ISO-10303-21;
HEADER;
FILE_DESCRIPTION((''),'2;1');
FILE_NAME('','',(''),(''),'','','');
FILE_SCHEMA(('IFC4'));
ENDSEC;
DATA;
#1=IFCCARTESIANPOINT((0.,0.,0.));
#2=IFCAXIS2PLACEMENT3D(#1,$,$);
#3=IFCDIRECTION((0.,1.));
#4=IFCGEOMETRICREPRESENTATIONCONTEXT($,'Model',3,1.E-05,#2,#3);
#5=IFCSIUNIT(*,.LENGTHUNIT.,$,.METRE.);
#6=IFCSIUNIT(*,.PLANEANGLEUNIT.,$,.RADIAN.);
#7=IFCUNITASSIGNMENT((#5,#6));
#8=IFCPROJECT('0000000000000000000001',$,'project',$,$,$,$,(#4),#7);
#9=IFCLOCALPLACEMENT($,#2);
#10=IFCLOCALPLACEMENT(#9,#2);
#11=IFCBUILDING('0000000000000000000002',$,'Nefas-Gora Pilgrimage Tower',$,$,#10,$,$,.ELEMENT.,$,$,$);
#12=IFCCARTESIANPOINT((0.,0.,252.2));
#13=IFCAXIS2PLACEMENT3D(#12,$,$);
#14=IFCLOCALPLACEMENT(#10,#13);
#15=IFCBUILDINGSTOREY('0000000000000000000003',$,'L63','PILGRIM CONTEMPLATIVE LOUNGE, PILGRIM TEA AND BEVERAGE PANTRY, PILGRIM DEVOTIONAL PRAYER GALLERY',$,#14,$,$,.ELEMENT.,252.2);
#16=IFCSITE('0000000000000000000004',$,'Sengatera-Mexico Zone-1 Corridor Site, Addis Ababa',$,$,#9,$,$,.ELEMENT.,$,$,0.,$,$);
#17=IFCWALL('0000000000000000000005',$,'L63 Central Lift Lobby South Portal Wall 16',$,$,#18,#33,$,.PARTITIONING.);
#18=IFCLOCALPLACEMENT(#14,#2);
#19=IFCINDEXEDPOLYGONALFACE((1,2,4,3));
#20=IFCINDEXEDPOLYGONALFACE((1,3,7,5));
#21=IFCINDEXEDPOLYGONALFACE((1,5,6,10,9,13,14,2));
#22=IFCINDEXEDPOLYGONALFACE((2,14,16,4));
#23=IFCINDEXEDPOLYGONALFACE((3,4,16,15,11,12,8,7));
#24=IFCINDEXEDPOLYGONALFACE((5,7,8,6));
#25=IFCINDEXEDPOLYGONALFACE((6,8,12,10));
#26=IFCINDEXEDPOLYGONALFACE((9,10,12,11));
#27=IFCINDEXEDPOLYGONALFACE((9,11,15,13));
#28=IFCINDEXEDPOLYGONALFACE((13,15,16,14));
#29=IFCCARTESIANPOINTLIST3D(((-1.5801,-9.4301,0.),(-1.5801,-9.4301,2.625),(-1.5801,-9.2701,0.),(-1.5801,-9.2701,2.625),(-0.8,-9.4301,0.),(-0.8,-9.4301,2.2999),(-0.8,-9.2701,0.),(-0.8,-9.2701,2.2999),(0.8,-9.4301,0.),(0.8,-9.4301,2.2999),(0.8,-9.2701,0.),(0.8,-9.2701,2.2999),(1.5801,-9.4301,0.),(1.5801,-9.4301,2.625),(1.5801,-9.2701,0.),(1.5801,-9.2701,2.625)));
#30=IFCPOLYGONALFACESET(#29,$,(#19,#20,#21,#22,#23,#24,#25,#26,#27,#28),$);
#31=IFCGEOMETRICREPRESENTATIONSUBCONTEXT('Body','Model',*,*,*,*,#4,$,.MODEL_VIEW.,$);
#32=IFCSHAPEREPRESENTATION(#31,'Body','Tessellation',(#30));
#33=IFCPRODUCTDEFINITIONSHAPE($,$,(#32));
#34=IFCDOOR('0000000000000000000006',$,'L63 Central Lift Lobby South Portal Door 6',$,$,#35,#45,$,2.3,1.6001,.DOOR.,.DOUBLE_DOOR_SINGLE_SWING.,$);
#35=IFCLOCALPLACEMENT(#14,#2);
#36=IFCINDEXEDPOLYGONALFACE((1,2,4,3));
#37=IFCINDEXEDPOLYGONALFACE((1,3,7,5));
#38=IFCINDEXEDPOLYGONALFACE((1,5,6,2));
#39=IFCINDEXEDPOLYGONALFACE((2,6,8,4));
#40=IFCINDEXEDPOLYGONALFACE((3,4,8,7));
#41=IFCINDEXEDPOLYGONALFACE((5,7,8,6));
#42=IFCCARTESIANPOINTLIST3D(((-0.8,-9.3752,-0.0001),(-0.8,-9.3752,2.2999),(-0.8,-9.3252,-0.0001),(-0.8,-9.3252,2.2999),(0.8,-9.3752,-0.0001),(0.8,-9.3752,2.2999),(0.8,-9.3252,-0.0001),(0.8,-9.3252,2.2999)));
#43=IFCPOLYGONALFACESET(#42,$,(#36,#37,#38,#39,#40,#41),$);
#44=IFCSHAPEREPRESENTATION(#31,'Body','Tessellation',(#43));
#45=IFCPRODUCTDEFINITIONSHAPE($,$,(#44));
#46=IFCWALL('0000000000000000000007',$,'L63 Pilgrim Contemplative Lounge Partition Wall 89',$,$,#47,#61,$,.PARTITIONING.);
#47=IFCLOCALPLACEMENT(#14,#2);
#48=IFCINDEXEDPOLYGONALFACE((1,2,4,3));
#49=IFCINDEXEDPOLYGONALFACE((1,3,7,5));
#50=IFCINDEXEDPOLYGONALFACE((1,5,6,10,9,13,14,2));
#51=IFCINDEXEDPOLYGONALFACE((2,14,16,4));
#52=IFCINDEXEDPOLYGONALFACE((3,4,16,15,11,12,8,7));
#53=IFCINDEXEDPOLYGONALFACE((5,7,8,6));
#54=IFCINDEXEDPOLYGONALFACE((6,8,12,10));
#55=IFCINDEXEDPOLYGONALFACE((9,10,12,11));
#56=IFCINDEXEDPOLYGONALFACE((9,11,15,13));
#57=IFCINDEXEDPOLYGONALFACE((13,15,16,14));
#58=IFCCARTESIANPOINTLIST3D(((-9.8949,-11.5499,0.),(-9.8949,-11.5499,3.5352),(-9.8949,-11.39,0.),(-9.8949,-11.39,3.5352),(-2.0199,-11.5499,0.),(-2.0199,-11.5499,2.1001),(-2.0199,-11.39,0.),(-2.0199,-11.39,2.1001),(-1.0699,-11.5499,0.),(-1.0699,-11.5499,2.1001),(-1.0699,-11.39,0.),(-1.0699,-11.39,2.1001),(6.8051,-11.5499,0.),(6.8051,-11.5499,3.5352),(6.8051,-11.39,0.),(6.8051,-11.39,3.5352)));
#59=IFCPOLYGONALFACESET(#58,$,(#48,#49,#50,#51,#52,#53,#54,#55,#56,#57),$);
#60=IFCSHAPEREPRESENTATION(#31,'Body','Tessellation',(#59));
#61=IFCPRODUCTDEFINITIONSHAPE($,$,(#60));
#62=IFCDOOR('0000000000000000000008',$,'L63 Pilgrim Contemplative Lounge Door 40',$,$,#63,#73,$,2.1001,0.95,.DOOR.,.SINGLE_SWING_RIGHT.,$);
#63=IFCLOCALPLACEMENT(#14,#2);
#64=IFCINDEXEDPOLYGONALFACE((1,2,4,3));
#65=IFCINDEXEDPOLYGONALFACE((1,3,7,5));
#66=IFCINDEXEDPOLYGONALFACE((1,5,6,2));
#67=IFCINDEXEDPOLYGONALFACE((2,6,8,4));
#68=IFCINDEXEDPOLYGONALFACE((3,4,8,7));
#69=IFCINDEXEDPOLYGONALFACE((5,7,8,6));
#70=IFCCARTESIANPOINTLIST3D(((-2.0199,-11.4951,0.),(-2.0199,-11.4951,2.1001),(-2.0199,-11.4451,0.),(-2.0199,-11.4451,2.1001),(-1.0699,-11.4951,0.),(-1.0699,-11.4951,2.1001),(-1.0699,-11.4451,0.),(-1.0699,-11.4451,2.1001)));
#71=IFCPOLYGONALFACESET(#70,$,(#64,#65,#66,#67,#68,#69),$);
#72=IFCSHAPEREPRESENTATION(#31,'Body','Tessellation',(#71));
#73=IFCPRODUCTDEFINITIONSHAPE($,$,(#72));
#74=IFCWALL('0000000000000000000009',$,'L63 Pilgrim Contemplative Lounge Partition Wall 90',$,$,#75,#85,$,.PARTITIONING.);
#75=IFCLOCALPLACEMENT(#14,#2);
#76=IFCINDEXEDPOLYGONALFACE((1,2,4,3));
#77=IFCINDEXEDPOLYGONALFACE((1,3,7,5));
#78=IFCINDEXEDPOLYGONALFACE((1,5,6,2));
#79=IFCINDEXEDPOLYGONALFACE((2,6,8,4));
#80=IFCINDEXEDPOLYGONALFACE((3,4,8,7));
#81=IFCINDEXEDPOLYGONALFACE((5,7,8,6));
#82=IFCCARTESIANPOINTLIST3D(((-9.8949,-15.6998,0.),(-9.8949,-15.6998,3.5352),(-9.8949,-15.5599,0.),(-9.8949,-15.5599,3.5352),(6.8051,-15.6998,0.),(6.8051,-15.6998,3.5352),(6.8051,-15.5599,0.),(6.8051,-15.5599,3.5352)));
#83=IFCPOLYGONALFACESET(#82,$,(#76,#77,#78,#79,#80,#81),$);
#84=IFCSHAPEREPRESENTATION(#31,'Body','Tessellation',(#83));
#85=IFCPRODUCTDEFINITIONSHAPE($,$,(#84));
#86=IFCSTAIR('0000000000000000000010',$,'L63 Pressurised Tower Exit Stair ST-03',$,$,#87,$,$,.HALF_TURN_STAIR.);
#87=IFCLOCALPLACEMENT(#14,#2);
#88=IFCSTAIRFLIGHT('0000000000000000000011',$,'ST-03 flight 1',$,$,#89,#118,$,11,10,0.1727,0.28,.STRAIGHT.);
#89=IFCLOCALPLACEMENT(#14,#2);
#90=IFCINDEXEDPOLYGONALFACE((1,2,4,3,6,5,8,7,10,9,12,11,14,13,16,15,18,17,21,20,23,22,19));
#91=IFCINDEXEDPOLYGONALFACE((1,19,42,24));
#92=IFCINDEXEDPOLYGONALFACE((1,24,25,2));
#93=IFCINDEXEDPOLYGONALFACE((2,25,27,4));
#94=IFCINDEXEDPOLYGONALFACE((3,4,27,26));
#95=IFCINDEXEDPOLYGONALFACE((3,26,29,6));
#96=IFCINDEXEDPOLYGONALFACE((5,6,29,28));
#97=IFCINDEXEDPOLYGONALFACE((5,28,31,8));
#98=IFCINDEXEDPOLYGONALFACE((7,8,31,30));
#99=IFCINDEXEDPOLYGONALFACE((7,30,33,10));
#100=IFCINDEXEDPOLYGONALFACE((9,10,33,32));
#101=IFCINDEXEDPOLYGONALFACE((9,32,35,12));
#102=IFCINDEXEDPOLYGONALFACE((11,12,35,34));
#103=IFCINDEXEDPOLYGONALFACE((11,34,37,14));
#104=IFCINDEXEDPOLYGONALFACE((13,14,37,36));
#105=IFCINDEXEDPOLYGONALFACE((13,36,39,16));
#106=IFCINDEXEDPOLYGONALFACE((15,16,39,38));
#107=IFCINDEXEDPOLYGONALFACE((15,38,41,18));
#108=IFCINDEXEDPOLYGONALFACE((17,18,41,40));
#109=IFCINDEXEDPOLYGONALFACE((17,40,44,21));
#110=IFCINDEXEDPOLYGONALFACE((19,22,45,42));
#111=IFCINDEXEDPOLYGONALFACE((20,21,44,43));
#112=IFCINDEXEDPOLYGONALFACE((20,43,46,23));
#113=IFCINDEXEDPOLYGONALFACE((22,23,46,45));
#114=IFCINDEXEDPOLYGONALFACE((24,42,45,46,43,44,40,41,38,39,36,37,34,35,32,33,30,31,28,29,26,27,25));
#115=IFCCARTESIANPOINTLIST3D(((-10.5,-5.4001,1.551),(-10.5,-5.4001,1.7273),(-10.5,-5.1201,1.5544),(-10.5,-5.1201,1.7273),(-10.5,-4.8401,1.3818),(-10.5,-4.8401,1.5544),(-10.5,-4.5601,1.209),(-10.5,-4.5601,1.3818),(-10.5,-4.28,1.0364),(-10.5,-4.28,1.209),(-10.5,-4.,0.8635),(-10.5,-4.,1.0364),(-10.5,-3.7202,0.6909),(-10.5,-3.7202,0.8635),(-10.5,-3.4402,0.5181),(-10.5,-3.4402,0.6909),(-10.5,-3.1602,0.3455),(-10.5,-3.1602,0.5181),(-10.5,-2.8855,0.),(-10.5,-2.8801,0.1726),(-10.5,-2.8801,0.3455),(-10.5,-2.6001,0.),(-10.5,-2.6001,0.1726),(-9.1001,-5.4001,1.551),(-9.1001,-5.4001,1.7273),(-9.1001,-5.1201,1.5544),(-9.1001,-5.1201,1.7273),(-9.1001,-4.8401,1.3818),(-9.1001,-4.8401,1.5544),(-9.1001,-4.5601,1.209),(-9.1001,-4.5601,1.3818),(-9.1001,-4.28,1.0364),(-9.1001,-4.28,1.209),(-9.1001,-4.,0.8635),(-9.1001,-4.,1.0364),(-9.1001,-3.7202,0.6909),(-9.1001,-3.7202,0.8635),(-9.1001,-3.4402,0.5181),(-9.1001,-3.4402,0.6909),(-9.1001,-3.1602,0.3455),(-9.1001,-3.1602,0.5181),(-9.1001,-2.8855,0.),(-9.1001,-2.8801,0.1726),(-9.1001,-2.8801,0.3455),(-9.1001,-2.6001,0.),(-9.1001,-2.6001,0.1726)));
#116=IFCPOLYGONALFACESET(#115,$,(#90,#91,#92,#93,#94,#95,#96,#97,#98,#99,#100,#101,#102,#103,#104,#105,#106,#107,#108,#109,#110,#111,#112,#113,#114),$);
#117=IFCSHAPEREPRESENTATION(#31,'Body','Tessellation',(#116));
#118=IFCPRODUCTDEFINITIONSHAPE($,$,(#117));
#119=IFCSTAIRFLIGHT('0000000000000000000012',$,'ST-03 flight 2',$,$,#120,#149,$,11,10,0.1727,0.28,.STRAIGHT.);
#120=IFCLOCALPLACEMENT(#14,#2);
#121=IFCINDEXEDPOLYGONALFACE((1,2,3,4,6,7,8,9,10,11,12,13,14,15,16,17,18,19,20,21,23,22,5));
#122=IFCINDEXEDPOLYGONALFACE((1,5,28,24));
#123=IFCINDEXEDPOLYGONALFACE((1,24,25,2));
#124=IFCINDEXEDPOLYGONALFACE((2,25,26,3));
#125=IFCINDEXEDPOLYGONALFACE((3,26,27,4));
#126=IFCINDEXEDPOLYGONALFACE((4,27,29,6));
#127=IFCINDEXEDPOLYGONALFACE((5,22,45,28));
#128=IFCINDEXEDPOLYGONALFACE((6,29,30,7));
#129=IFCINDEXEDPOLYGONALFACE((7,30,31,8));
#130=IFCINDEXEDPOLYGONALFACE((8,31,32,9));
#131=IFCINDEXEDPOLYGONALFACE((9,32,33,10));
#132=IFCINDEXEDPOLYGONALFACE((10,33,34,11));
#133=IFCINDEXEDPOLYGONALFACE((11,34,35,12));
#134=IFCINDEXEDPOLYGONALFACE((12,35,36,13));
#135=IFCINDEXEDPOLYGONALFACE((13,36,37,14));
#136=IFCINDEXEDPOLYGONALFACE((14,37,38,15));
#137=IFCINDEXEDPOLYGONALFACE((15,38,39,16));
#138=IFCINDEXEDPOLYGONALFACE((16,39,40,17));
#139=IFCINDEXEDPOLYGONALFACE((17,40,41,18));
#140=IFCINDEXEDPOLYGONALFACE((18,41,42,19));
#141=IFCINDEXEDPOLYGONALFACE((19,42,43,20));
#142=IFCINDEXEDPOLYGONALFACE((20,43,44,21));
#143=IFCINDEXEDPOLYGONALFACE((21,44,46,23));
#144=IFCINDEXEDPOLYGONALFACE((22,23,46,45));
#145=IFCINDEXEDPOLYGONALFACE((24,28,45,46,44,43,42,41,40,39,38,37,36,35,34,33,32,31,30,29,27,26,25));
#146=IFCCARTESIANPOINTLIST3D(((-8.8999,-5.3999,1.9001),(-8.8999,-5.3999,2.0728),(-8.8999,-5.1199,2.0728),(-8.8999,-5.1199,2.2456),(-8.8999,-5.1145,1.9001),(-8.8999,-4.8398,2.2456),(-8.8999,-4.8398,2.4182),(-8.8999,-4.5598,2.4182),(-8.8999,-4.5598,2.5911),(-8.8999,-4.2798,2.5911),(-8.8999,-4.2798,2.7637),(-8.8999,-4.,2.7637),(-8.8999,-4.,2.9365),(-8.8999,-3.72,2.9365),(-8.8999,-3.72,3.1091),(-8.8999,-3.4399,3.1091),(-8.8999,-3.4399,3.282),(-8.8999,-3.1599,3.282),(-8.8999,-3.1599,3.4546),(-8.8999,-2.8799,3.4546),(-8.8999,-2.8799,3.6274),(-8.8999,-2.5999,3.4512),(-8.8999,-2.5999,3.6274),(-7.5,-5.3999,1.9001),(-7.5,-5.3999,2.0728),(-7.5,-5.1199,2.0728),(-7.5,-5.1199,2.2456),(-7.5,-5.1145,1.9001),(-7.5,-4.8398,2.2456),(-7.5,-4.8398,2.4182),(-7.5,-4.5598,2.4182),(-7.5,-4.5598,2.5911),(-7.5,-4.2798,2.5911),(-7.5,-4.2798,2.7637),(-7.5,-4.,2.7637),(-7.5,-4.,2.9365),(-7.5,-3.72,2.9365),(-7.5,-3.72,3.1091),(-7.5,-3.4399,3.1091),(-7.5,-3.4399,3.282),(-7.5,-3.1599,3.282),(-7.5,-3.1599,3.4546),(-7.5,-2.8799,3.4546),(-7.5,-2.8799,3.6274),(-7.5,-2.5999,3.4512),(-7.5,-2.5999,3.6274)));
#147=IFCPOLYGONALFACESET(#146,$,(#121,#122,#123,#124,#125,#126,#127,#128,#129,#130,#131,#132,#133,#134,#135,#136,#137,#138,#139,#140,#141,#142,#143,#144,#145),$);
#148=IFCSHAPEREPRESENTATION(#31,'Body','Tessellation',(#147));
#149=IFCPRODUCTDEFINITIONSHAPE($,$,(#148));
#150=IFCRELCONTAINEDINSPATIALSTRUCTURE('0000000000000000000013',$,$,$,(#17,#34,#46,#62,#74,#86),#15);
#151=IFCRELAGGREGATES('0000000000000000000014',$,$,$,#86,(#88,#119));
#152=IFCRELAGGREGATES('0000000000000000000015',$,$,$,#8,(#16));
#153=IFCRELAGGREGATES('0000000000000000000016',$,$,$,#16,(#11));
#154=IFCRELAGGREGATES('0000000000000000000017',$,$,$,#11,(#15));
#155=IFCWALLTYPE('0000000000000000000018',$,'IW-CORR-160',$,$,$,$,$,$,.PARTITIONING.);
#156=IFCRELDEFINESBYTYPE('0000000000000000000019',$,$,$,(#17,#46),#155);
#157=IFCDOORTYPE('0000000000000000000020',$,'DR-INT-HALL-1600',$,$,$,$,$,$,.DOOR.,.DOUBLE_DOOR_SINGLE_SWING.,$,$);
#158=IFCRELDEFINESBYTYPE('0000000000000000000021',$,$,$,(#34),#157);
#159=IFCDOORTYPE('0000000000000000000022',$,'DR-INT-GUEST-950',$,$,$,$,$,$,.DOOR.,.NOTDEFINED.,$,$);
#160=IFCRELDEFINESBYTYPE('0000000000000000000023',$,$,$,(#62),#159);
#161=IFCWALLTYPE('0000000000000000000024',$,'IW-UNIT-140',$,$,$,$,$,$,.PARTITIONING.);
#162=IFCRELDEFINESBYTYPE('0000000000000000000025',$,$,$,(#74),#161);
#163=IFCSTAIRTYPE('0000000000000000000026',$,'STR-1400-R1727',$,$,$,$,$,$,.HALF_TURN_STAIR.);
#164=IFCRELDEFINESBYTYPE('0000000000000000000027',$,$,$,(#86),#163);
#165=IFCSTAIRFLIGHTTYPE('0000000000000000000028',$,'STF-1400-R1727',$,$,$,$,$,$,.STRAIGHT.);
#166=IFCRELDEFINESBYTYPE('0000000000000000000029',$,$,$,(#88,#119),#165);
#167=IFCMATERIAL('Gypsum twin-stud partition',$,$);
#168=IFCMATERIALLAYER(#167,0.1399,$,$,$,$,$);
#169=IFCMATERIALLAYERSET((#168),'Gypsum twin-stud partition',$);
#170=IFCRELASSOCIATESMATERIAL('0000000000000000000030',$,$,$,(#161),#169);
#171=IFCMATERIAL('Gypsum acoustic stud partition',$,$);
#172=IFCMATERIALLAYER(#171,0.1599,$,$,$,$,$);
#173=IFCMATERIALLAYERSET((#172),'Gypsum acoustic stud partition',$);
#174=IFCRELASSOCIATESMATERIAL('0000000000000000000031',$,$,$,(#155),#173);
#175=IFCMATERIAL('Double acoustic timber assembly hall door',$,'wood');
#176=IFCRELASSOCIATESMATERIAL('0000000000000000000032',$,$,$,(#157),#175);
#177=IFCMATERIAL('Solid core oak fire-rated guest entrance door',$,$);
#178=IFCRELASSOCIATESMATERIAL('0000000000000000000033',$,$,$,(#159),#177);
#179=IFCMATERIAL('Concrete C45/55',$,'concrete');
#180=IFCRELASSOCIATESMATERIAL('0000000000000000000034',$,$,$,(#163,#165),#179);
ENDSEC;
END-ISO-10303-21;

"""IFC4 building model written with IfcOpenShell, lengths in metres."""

from ifc_helpers import new_model, si_unit, direction, frame, frame_2d, origin, place, context, subcontext, project, spatial, polyline, rectangle, outline, extrude, source, transform, mapped, material, layer, layer_set, type_object, element, fill, aggregate, save


model = new_model("IFC4")

# Units and contexts
model_context = context("Model", 3, precision=1e-05, world=origin(), true_north=direction((0.0, 1.0)))
body_context = subcontext(model_context, "Body", "Model", "MODEL_VIEW")
ifc_project = project(units=[si_unit("LENGTHUNIT", "METRE"), si_unit("PLANEANGLEUNIT", "RADIAN")], contexts=[model_context])

# Site, building, storey
site_placement = place(None, origin())
site = spatial("IfcSite", under=ifc_project, at=site_placement, Name="Sengatera-Mexico Zone-1 Corridor Site, Addis Ababa", CompositionType="ELEMENT", RefElevation=0.0)
building_placement = place(site_placement, origin())
building = spatial("IfcBuilding", under=site, at=building_placement, Name="Nefas-Gora Pilgrimage Tower", CompositionType="ELEMENT")
storey_placement = place(building_placement, frame((0.0, 0.0, 252.2)))
storey = spatial("IfcBuildingStorey", under=building, at=storey_placement, Name="L63", Description="PILGRIM CONTEMPLATIVE LOUNGE, PILGRIM TEA AND BEVERAGE PANTRY, PILGRIM DEVOTIONAL PRAYER GALLERY", CompositionType="ELEMENT", Elevation=252.2)

# Shared definitions
ifc_material_1 = material(Name="Concrete C45/55", Category="concrete")

# Shared definitions
ifc_material_2 = material(Name="Gypsum twin-stud partition")
ifc_layer_1 = layer(ifc_material_2, 0.1399)
ifc_layer_set_1 = layer_set([ifc_layer_1], Name="Gypsum twin-stud partition")
wall_type_1 = type_object("IfcWallType", Name="IW-UNIT-140", PredefinedType="PARTITIONING", material=ifc_layer_set_1)
ifc_material_3 = material(Name="Gypsum acoustic stud partition")
ifc_layer_2 = layer(ifc_material_3, 0.1599)
ifc_layer_set_2 = layer_set([ifc_layer_2], Name="Gypsum acoustic stud partition")
wall_type_2 = type_object("IfcWallType", Name="IW-CORR-160", PredefinedType="PARTITIONING", material=ifc_layer_set_2)

# Walls, openings, doors
shared_shape_1 = source(origin(), body_context, "Body", "SweptSolid", [
    extrude(rectangle(XDim=3.1602, YDim=0.1599, at=frame_2d((1.5801, 0.0))), origin(), (0.0, 0.0, 1.0), 2.625),
])
wall_1_placement = place(storey_placement, frame((-1.5801, -9.3501, 0.0), z_axis=(0.0, 0.0, 1.0), x_axis=(1.0, 0.0, 0.0)))
wall_1 = element("IfcWall", 1, at=wall_1_placement, inside=storey, type_object=wall_type_2, Name="L63 Central Lift Lobby South Portal Wall 16", PredefinedType="PARTITIONING", context=body_context, shape_type="MappedRepresentation", body=[
    mapped(shared_shape_1, transform((0.0, 0.0, 0.0), x_axis=(1.0, 0.0, 0.0), y_axis=(0.0, 1.0, 0.0), z_axis=(0.0, 0.0, 1.0), scale=1.0)),
])
opening_1_placement = place(wall_1_placement, frame((0.78, 0.0, 0.0)))
opening_1 = element("IfcOpeningElement", 2, at=opening_1_placement, cuts=wall_1, PredefinedType="OPENING", context=body_context, shape_type="SweptSolid", body=[
    extrude(rectangle(XDim=1.6001, YDim=2.3, at=frame_2d((0.8, 1.1499))), frame((0.0, 0.0898, 0.0), z_axis=(0.0, -1.0, 0.0), x_axis=(1.0, 0.0, 0.0)), (0.0, 0.0, 1.0), 0.1799),
])
ifc_material_4 = material(Name="Double acoustic timber assembly hall door", Category="wood")
door_type_1 = type_object("IfcDoorType", Name="DR-INT-HALL-1600", OperationType="DOUBLE_DOOR_SINGLE_SWING", PredefinedType="DOOR", material=ifc_material_4)
shared_shape_2 = source(origin(), body_context, "Body", "SweptSolid", [
    extrude(rectangle(XDim=1.6001, YDim=2.3, at=frame_2d((0.8, 1.1499))), frame((0.0, 0.0249, 0.0), z_axis=(0.0, -1.0, 0.0), x_axis=(1.0, 0.0, 0.0)), (0.0, 0.0, 1.0), 0.05),
])
door_1_placement = place(opening_1_placement, origin())
door_1 = element("IfcDoor", 3, at=door_1_placement, inside=storey, type_object=door_type_1, Name="L63 Central Lift Lobby South Portal Door 6", OperationType="DOUBLE_DOOR_SINGLE_SWING", OverallHeight=2.3, OverallWidth=1.6001, PredefinedType="DOOR", context=body_context, shape_type="MappedRepresentation", body=[
    mapped(shared_shape_2, transform((0.0, 0.0, 0.0), x_axis=(1.0, 0.0, 0.0), y_axis=(0.0, 1.0, 0.0), z_axis=(0.0, 0.0, 1.0), scale=1.0)),
])
fill(opening_1, door_1)
shared_shape_3 = source(origin(), body_context, "Body", "SweptSolid", [
    extrude(rectangle(XDim=16.7, YDim=0.1599, at=frame_2d((8.3501, 0.0))), origin(), (0.0, 0.0, 1.0), 3.5352),
])
wall_2_placement = place(storey_placement, frame((-9.895, -11.47, 0.0), z_axis=(0.0, 0.0, 1.0), x_axis=(1.0, 0.0, 0.0)))
wall_2 = element("IfcWall", 4, at=wall_2_placement, inside=storey, type_object=wall_type_2, Name="L63 Pilgrim Contemplative Lounge Partition Wall 89", PredefinedType="PARTITIONING", context=body_context, shape_type="MappedRepresentation", body=[
    mapped(shared_shape_3, transform((0.0, 0.0, 0.0), x_axis=(1.0, 0.0, 0.0), y_axis=(0.0, 1.0, 0.0), z_axis=(0.0, 0.0, 1.0), scale=1.0)),
])
opening_2_placement = place(wall_2_placement, frame((7.875, 0.0, 0.0)))
opening_2 = element("IfcOpeningElement", 5, at=opening_2_placement, cuts=wall_2, PredefinedType="OPENING", context=body_context, shape_type="SweptSolid", body=[
    extrude(rectangle(XDim=0.95, YDim=2.1001, at=frame_2d((0.4751, 1.05))), frame((0.0, 0.0898, 0.0), z_axis=(0.0, -1.0, 0.0), x_axis=(1.0, 0.0, 0.0)), (0.0, 0.0, 1.0), 0.1799),
])
ifc_material_5 = material(Name="Solid core oak fire-rated guest entrance door")
door_type_2 = type_object("IfcDoorType", Name="DR-INT-GUEST-950", OperationType="NOTDEFINED", PredefinedType="DOOR", material=ifc_material_5)
shared_shape_4 = source(origin(), body_context, "Body", "SweptSolid", [
    extrude(rectangle(XDim=0.95, YDim=2.1001, at=frame_2d((0.4751, 1.05))), frame((0.0, 0.0249, 0.0), z_axis=(0.0, -1.0, 0.0), x_axis=(1.0, 0.0, 0.0)), (0.0, 0.0, 1.0), 0.05),
])
door_2_placement = place(opening_2_placement, origin())
door_2 = element("IfcDoor", 6, at=door_2_placement, inside=storey, type_object=door_type_2, Name="L63 Pilgrim Contemplative Lounge Door 40", OperationType="SINGLE_SWING_RIGHT", OverallHeight=2.1001, OverallWidth=0.95, PredefinedType="DOOR", context=body_context, shape_type="MappedRepresentation", body=[
    mapped(shared_shape_4, transform((0.0, 0.0, 0.0), x_axis=(1.0, 0.0, 0.0), y_axis=(0.0, 1.0, 0.0), z_axis=(0.0, 0.0, 1.0), scale=1.0)),
])
fill(opening_2, door_2)

# Wall
shared_shape_5 = source(origin(), body_context, "Body", "SweptSolid", [
    extrude(rectangle(XDim=16.7, YDim=0.1399, at=frame_2d((8.3501, 0.0))), origin(), (0.0, 0.0, 1.0), 3.5352),
])
wall_3_placement = place(storey_placement, frame((-9.895, -15.6299, 0.0), z_axis=(0.0, 0.0, 1.0), x_axis=(1.0, 0.0, 0.0)))
element("IfcWall", 7, at=wall_3_placement, inside=storey, type_object=wall_type_1, Name="L63 Pilgrim Contemplative Lounge Partition Wall 90", PredefinedType="PARTITIONING", context=body_context, shape_type="MappedRepresentation", body=[
    mapped(shared_shape_5, transform((0.0, 0.0, 0.0), x_axis=(1.0, 0.0, 0.0), y_axis=(0.0, 1.0, 0.0), z_axis=(0.0, 0.0, 1.0), scale=1.0)),
])

# Stair, stair flights
stair_type = type_object("IfcStairType", Name="STR-1400-R1727", PredefinedType="HALF_TURN_STAIR", material=ifc_material_1)
stair_placement = place(storey_placement, origin())
stair = element("IfcStair", 8, at=stair_placement, inside=storey, type_object=stair_type, Name="L63 Pressurised Tower Exit Stair ST-03", PredefinedType="HALF_TURN_STAIR")
stair_flight_type = type_object("IfcStairFlightType", Name="STF-1400-R1727", PredefinedType="STRAIGHT", material=ifc_material_1)
shared_shape_6 = source(origin(), body_context, "Body", "SweptSolid", [
    extrude(outline(polyline([(0.0, 0.0), (0.0, 0.1726), (0.28, 0.1726), (0.28, 0.3455), (0.5601, 0.3455), (0.5601, 0.5181), (0.8401, 0.5181), (0.8401, 0.6909), (1.1201, 0.6909), (1.1201, 0.8635), (1.3999, 0.8635), (1.3999, 1.0364), (1.6799, 1.0364), (1.6799, 1.209), (1.96, 1.209), (1.96, 1.3818), (2.24, 1.3818), (2.24, 1.5544), (2.52, 1.5544), (2.52, 1.7273), (2.8, 1.7273), (2.8, 1.8999), (2.8, 1.551), (0.2854, 0.0), (0.0, 0.0)])), frame((0.0, 0.7, 0.0), z_axis=(0.0, -1.0, 0.0), x_axis=(1.0, 0.0, 0.0)), (0.0, 0.0, 1.0), 1.3999),
])
stair_flight_1_placement = place(storey_placement, frame((-9.8, -2.6001, 0.0), z_axis=(0.0, 0.0, 1.0), x_axis=(0.0, -1.0, 0.0)))
stair_flight_1 = element("IfcStairFlight", 9, at=stair_flight_1_placement, type_object=stair_flight_type, Name="ST-03 flight 1", NumberOfRisers=11, NumberOfTreads=10, PredefinedType="STRAIGHT", RiserHeight=0.1727, TreadLength=0.28, context=body_context, shape_type="MappedRepresentation", body=[
    mapped(shared_shape_6, transform((0.0, 0.0, 0.0), x_axis=(1.0, 0.0, 0.0), y_axis=(0.0, 1.0, 0.0), z_axis=(0.0, 0.0, 1.0), scale=1.0)),
])
stair_flight_2_placement = place(storey_placement, frame((-8.2, -5.3999, 1.9001), z_axis=(0.0, 0.0, 1.0), x_axis=(0.0, 1.0, 0.0)))
stair_flight_2 = element("IfcStairFlight", 10, at=stair_flight_2_placement, type_object=stair_flight_type, Name="ST-03 flight 2", NumberOfRisers=11, NumberOfTreads=10, PredefinedType="STRAIGHT", RiserHeight=0.1727, TreadLength=0.28, context=body_context, shape_type="MappedRepresentation", body=[
    mapped(shared_shape_6, transform((0.0, 0.0, 0.0), x_axis=(1.0, 0.0, 0.0), y_axis=(0.0, 1.0, 0.0), z_axis=(0.0, 0.0, 1.0), scale=1.0)),
])
aggregate(stair, [stair_flight_1, stair_flight_2])

save(model, "model.ifc")
